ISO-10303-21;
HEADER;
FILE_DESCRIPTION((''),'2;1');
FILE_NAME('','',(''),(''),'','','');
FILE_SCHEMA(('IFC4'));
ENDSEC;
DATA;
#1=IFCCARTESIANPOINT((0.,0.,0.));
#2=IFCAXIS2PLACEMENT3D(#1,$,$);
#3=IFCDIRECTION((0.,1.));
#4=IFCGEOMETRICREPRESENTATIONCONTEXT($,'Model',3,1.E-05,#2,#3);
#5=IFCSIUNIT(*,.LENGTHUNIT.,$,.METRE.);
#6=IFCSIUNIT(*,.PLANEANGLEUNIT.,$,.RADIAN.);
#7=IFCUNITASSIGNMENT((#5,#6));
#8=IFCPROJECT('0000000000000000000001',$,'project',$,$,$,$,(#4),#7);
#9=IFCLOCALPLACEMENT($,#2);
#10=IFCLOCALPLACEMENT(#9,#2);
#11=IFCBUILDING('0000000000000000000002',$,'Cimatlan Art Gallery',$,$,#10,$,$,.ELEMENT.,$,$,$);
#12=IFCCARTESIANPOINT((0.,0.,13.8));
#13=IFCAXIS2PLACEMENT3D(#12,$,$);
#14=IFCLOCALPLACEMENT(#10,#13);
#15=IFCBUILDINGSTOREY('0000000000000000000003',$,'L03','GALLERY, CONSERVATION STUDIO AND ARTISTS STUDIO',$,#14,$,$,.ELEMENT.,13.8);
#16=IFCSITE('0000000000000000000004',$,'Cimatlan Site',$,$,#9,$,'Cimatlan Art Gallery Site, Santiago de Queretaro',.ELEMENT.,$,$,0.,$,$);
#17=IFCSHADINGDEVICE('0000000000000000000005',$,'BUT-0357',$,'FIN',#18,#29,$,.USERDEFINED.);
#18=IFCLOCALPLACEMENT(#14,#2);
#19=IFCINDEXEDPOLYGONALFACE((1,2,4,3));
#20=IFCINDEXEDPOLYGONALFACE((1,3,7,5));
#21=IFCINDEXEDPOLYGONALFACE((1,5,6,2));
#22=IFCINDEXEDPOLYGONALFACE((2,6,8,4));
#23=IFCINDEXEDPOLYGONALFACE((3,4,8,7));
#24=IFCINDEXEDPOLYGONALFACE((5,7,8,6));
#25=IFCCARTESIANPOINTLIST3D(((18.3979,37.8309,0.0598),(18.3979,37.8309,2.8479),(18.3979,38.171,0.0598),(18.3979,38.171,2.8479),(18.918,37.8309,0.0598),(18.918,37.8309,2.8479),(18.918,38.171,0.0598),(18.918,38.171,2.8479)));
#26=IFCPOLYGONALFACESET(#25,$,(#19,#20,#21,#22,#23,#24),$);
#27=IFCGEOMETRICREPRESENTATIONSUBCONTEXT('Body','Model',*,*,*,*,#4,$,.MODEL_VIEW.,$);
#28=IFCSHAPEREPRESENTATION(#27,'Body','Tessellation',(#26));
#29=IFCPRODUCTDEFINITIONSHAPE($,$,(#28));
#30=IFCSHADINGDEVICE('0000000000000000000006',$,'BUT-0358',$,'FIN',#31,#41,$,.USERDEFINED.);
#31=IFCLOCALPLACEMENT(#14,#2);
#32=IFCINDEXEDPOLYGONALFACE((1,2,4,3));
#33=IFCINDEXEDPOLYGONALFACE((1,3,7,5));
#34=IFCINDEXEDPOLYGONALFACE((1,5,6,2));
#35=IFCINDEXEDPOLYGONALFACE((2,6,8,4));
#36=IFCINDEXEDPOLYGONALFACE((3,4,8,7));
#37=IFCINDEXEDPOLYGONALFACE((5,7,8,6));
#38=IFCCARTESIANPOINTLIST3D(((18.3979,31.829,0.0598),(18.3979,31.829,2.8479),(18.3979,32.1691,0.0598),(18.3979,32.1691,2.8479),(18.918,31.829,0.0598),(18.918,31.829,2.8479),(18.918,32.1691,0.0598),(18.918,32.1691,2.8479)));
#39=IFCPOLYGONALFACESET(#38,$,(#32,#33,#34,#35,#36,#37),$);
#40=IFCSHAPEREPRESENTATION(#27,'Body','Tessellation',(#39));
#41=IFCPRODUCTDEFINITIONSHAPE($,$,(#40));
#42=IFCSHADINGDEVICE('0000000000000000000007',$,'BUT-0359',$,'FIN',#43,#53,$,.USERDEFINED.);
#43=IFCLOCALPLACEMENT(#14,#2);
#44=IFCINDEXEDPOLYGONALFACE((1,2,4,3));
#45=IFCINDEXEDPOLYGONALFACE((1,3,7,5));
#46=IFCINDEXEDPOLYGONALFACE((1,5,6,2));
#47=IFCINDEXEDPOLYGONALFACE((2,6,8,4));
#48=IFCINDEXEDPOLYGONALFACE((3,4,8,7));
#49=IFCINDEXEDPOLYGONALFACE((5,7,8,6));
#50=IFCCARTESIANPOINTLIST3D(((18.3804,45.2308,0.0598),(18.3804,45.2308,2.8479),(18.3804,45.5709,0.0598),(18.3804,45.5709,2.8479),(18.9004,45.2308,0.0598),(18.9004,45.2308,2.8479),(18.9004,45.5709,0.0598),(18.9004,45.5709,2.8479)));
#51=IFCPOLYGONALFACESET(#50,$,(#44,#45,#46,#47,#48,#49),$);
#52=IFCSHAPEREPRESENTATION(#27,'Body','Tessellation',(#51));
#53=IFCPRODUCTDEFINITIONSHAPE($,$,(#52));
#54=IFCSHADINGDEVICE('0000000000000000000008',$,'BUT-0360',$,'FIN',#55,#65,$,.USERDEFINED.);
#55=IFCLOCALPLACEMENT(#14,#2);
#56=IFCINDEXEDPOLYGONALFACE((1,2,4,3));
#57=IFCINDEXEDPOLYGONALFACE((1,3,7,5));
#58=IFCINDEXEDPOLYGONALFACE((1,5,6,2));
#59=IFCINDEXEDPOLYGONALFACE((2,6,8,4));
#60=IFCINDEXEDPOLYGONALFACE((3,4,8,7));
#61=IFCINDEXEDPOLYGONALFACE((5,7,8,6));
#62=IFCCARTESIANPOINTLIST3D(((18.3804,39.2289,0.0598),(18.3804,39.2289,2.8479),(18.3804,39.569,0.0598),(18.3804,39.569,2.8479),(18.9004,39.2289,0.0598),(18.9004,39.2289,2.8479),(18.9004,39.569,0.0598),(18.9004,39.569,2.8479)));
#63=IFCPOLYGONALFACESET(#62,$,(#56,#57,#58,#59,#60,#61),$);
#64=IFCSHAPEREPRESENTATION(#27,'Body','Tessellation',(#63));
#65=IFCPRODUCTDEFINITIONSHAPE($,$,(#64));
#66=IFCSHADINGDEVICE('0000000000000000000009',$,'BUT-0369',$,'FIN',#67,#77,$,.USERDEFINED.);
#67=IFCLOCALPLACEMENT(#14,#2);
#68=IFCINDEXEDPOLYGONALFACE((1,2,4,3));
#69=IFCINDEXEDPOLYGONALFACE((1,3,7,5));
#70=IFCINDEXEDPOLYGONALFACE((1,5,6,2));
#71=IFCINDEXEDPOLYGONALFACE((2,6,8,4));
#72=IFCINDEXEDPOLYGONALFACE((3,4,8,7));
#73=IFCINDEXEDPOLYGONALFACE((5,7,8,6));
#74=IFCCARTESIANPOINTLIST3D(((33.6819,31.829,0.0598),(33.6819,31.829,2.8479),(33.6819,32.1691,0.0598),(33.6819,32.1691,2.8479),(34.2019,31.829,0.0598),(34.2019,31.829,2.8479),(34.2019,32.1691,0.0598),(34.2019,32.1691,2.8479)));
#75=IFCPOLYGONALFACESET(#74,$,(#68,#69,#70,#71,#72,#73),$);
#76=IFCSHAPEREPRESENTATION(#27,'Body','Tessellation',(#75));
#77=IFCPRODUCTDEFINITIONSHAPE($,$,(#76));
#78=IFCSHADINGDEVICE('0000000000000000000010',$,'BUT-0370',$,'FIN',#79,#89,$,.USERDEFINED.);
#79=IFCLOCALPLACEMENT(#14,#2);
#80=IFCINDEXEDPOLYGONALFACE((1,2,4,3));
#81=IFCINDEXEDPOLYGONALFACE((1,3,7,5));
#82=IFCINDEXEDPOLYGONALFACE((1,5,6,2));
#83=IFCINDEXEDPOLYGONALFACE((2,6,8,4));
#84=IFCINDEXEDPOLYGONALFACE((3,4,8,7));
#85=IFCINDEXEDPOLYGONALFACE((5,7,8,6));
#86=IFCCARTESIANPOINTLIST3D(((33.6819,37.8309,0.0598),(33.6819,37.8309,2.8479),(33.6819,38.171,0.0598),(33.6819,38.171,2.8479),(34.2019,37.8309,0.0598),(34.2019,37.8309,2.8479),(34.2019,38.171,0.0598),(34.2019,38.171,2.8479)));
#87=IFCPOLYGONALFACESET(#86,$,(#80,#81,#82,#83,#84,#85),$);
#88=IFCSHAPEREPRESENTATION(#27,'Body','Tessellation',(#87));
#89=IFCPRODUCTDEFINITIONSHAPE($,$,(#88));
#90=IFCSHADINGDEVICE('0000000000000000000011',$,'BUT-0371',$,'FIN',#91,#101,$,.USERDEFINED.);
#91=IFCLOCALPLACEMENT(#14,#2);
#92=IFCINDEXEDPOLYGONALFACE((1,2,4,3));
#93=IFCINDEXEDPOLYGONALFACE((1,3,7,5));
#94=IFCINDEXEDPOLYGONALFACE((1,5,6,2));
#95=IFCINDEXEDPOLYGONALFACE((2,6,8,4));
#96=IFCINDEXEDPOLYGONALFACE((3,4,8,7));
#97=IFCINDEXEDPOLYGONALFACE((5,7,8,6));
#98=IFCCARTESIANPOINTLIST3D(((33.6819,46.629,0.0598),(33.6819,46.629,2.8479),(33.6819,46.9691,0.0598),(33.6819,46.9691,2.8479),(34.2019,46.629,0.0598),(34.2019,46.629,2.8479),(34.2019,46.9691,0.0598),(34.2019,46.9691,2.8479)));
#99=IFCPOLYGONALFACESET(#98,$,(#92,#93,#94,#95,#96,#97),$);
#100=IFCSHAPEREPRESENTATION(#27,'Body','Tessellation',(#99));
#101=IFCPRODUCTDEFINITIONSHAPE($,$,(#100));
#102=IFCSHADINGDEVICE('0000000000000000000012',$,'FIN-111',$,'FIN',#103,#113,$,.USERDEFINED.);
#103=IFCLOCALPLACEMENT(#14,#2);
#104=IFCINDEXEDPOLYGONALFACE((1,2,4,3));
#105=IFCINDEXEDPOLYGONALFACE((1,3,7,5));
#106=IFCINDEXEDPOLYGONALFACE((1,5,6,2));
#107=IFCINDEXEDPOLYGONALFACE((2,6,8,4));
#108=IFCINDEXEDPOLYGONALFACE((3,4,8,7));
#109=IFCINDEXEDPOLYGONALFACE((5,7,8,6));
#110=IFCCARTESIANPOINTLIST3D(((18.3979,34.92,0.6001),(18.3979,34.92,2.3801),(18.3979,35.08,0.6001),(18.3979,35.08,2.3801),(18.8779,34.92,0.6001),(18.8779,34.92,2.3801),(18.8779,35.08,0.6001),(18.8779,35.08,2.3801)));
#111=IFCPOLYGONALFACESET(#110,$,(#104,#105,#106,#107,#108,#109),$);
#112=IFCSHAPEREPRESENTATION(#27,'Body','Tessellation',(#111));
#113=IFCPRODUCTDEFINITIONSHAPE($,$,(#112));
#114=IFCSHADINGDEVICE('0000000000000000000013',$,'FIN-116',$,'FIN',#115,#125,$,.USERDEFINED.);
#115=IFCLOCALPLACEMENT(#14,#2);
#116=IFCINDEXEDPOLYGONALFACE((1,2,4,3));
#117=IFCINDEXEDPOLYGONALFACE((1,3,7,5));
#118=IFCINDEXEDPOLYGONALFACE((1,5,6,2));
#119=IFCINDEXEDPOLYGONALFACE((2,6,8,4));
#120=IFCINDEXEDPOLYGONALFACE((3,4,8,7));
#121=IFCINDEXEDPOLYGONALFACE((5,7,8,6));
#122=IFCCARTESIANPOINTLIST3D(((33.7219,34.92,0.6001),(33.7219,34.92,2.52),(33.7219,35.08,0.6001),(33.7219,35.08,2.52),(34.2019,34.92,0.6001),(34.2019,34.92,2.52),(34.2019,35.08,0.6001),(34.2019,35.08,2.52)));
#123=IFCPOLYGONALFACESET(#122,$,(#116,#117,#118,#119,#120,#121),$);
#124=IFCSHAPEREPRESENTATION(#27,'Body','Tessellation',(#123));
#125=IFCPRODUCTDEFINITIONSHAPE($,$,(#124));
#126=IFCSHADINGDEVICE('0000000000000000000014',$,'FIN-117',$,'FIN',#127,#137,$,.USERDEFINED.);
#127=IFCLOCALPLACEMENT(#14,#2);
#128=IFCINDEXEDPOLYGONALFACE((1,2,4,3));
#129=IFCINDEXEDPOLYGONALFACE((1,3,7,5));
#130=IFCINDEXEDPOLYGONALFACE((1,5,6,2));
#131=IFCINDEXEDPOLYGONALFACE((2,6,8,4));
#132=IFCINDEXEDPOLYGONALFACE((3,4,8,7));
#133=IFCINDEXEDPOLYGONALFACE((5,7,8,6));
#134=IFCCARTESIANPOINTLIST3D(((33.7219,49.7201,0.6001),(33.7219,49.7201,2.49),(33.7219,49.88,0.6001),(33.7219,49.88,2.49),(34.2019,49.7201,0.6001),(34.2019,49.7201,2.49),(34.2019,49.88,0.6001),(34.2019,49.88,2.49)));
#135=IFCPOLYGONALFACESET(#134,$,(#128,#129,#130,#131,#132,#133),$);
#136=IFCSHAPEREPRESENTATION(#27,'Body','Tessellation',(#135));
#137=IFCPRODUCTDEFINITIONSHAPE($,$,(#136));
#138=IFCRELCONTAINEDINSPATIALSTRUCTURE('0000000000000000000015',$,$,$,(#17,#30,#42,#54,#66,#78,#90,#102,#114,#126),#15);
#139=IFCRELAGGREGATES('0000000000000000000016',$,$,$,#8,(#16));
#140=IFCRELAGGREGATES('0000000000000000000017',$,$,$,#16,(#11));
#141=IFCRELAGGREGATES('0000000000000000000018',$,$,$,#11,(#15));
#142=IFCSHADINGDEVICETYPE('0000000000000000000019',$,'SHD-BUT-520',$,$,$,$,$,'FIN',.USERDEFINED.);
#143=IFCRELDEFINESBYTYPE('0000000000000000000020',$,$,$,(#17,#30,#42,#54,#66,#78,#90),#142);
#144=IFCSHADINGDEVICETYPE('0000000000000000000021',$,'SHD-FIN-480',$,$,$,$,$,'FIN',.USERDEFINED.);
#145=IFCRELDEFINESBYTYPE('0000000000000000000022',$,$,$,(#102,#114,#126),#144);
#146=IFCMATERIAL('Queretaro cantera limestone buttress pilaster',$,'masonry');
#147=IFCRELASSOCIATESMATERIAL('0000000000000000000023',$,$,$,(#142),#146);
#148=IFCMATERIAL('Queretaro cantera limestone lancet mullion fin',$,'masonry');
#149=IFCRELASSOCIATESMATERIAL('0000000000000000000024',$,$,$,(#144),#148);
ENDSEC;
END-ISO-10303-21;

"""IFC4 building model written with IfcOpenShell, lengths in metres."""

from ifc_helpers import new_model, si_unit, direction, frame, origin, origin_2d, place, context, subcontext, project, spatial, rectangle, extrude, material, type_object, element, save


model = new_model("IFC4")

# Units and contexts
model_context = context("Model", 3, precision=1e-05, world=origin(), true_north=direction((0.0, 1.0)))
body_context = subcontext(model_context, "Body", "Model", "MODEL_VIEW")
ifc_project = project(units=[si_unit("LENGTHUNIT", "METRE"), si_unit("PLANEANGLEUNIT", "RADIAN")], contexts=[model_context])

# Site, building, storey
site_placement = place(None, origin())
site = spatial("IfcSite", under=ifc_project, at=site_placement, Name="Cimatlan Site", LongName="Cimatlan Art Gallery Site, Santiago de Queretaro", CompositionType="ELEMENT", RefElevation=0.0)
building_placement = place(site_placement, origin())
building = spatial("IfcBuilding", under=site, at=building_placement, Name="Cimatlan Art Gallery", CompositionType="ELEMENT")
storey_placement = place(building_placement, frame((0.0, 0.0, 13.8)))
storey = spatial("IfcBuildingStorey", under=building, at=storey_placement, Name="L03", Description="GALLERY, CONSERVATION STUDIO AND ARTISTS STUDIO", CompositionType="ELEMENT", Elevation=13.8)

# Shading devices
ifc_material_1 = material(Name="Queretaro cantera limestone buttress pilaster", Category="masonry")
shading_device_type_1 = type_object("IfcShadingDeviceType", Name="SHD-BUT-520", ElementType="FIN", PredefinedType="USERDEFINED", material=ifc_material_1)
for number, where, z_axis, x_axis, name in (
    (1, (18.658, 38.001, 0.0598), (0.0, 0.0, 1.0), (0.0, -1.0, 0.0), "BUT-0357"),
    (2, (18.658, 31.999, 0.0598), (0.0, 0.0, 1.0), (0.0, -1.0, 0.0), "BUT-0358"),
    (3, (18.6404, 45.4009, 0.0598), (0.0, 0.0, 1.0), (0.0, -1.0, 0.0), "BUT-0359"),
    (4, (18.6404, 39.3989, 0.0598), (0.0, 0.0, 1.0), (0.0, -1.0, 0.0), "BUT-0360"),
    (5, (33.9419, 31.999, 0.0598), (0.0, 0.0, 1.0), (0.0, 1.0, 0.0), "BUT-0369"),
    (6, (33.9419, 38.001, 0.0598), (0.0, 0.0, 1.0), (0.0, 1.0, 0.0), "BUT-0370"),
    (7, (33.9419, 46.7991, 0.0598), (0.0, 0.0, 1.0), (0.0, 1.0, 0.0), "BUT-0371"),
):
    element("IfcShadingDevice", number, at=place(storey_placement, frame(where, z_axis=z_axis, x_axis=x_axis)), inside=storey, type_object=shading_device_type_1, Name=name, ObjectType="FIN", PredefinedType="USERDEFINED", context=body_context, shape_type="SweptSolid", body=[
        extrude(rectangle(XDim=0.3401, YDim=0.52, at=origin_2d()), origin(), (0.0, 0.0, 1.0), 2.7881),
    ])
ifc_material_2 = material(Name="Queretaro cantera limestone lancet mullion fin", Category="masonry")
shading_device_type_2 = type_object("IfcShadingDeviceType", Name="SHD-FIN-480", ElementType="FIN", PredefinedType="USERDEFINED", material=ifc_material_2)
shading_device_1_placement = place(storey_placement, frame((18.6379, 35.0, 0.6001), z_axis=(0.0, 0.0, 1.0), x_axis=(0.0, -1.0, 0.0)))
element("IfcShadingDevice", 8, at=shading_device_1_placement, inside=storey, type_object=shading_device_type_2, Name="FIN-111", ObjectType="FIN", PredefinedType="USERDEFINED", context=body_context, shape_type="SweptSolid", body=[
    extrude(rectangle(XDim=0.1599, YDim=0.48, at=origin_2d()), origin(), (0.0, 0.0, 1.0), 1.78),
])
shading_device_2_placement = place(storey_placement, frame((33.9619, 35.0, 0.6001), z_axis=(0.0, 0.0, 1.0), x_axis=(0.0, 1.0, 0.0)))
element("IfcShadingDevice", 9, at=shading_device_2_placement, inside=storey, type_object=shading_device_type_2, Name="FIN-116", ObjectType="FIN", PredefinedType="USERDEFINED", context=body_context, shape_type="SweptSolid", body=[
    extrude(rectangle(XDim=0.1599, YDim=0.48, at=origin_2d()), origin(), (0.0, 0.0, 1.0), 1.9199),
])
shading_device_3_placement = place(storey_placement, frame((33.9619, 49.8, 0.6001), z_axis=(0.0, 0.0, 1.0), x_axis=(0.0, 1.0, 0.0)))
element("IfcShadingDevice", 10, at=shading_device_3_placement, inside=storey, type_object=shading_device_type_2, Name="FIN-117", ObjectType="FIN", PredefinedType="USERDEFINED", context=body_context, shape_type="SweptSolid", body=[
    extrude(rectangle(XDim=0.1599, YDim=0.48, at=origin_2d()), origin(), (0.0, 0.0, 1.0), 1.8899),
])

save(model, "model.ifc")
